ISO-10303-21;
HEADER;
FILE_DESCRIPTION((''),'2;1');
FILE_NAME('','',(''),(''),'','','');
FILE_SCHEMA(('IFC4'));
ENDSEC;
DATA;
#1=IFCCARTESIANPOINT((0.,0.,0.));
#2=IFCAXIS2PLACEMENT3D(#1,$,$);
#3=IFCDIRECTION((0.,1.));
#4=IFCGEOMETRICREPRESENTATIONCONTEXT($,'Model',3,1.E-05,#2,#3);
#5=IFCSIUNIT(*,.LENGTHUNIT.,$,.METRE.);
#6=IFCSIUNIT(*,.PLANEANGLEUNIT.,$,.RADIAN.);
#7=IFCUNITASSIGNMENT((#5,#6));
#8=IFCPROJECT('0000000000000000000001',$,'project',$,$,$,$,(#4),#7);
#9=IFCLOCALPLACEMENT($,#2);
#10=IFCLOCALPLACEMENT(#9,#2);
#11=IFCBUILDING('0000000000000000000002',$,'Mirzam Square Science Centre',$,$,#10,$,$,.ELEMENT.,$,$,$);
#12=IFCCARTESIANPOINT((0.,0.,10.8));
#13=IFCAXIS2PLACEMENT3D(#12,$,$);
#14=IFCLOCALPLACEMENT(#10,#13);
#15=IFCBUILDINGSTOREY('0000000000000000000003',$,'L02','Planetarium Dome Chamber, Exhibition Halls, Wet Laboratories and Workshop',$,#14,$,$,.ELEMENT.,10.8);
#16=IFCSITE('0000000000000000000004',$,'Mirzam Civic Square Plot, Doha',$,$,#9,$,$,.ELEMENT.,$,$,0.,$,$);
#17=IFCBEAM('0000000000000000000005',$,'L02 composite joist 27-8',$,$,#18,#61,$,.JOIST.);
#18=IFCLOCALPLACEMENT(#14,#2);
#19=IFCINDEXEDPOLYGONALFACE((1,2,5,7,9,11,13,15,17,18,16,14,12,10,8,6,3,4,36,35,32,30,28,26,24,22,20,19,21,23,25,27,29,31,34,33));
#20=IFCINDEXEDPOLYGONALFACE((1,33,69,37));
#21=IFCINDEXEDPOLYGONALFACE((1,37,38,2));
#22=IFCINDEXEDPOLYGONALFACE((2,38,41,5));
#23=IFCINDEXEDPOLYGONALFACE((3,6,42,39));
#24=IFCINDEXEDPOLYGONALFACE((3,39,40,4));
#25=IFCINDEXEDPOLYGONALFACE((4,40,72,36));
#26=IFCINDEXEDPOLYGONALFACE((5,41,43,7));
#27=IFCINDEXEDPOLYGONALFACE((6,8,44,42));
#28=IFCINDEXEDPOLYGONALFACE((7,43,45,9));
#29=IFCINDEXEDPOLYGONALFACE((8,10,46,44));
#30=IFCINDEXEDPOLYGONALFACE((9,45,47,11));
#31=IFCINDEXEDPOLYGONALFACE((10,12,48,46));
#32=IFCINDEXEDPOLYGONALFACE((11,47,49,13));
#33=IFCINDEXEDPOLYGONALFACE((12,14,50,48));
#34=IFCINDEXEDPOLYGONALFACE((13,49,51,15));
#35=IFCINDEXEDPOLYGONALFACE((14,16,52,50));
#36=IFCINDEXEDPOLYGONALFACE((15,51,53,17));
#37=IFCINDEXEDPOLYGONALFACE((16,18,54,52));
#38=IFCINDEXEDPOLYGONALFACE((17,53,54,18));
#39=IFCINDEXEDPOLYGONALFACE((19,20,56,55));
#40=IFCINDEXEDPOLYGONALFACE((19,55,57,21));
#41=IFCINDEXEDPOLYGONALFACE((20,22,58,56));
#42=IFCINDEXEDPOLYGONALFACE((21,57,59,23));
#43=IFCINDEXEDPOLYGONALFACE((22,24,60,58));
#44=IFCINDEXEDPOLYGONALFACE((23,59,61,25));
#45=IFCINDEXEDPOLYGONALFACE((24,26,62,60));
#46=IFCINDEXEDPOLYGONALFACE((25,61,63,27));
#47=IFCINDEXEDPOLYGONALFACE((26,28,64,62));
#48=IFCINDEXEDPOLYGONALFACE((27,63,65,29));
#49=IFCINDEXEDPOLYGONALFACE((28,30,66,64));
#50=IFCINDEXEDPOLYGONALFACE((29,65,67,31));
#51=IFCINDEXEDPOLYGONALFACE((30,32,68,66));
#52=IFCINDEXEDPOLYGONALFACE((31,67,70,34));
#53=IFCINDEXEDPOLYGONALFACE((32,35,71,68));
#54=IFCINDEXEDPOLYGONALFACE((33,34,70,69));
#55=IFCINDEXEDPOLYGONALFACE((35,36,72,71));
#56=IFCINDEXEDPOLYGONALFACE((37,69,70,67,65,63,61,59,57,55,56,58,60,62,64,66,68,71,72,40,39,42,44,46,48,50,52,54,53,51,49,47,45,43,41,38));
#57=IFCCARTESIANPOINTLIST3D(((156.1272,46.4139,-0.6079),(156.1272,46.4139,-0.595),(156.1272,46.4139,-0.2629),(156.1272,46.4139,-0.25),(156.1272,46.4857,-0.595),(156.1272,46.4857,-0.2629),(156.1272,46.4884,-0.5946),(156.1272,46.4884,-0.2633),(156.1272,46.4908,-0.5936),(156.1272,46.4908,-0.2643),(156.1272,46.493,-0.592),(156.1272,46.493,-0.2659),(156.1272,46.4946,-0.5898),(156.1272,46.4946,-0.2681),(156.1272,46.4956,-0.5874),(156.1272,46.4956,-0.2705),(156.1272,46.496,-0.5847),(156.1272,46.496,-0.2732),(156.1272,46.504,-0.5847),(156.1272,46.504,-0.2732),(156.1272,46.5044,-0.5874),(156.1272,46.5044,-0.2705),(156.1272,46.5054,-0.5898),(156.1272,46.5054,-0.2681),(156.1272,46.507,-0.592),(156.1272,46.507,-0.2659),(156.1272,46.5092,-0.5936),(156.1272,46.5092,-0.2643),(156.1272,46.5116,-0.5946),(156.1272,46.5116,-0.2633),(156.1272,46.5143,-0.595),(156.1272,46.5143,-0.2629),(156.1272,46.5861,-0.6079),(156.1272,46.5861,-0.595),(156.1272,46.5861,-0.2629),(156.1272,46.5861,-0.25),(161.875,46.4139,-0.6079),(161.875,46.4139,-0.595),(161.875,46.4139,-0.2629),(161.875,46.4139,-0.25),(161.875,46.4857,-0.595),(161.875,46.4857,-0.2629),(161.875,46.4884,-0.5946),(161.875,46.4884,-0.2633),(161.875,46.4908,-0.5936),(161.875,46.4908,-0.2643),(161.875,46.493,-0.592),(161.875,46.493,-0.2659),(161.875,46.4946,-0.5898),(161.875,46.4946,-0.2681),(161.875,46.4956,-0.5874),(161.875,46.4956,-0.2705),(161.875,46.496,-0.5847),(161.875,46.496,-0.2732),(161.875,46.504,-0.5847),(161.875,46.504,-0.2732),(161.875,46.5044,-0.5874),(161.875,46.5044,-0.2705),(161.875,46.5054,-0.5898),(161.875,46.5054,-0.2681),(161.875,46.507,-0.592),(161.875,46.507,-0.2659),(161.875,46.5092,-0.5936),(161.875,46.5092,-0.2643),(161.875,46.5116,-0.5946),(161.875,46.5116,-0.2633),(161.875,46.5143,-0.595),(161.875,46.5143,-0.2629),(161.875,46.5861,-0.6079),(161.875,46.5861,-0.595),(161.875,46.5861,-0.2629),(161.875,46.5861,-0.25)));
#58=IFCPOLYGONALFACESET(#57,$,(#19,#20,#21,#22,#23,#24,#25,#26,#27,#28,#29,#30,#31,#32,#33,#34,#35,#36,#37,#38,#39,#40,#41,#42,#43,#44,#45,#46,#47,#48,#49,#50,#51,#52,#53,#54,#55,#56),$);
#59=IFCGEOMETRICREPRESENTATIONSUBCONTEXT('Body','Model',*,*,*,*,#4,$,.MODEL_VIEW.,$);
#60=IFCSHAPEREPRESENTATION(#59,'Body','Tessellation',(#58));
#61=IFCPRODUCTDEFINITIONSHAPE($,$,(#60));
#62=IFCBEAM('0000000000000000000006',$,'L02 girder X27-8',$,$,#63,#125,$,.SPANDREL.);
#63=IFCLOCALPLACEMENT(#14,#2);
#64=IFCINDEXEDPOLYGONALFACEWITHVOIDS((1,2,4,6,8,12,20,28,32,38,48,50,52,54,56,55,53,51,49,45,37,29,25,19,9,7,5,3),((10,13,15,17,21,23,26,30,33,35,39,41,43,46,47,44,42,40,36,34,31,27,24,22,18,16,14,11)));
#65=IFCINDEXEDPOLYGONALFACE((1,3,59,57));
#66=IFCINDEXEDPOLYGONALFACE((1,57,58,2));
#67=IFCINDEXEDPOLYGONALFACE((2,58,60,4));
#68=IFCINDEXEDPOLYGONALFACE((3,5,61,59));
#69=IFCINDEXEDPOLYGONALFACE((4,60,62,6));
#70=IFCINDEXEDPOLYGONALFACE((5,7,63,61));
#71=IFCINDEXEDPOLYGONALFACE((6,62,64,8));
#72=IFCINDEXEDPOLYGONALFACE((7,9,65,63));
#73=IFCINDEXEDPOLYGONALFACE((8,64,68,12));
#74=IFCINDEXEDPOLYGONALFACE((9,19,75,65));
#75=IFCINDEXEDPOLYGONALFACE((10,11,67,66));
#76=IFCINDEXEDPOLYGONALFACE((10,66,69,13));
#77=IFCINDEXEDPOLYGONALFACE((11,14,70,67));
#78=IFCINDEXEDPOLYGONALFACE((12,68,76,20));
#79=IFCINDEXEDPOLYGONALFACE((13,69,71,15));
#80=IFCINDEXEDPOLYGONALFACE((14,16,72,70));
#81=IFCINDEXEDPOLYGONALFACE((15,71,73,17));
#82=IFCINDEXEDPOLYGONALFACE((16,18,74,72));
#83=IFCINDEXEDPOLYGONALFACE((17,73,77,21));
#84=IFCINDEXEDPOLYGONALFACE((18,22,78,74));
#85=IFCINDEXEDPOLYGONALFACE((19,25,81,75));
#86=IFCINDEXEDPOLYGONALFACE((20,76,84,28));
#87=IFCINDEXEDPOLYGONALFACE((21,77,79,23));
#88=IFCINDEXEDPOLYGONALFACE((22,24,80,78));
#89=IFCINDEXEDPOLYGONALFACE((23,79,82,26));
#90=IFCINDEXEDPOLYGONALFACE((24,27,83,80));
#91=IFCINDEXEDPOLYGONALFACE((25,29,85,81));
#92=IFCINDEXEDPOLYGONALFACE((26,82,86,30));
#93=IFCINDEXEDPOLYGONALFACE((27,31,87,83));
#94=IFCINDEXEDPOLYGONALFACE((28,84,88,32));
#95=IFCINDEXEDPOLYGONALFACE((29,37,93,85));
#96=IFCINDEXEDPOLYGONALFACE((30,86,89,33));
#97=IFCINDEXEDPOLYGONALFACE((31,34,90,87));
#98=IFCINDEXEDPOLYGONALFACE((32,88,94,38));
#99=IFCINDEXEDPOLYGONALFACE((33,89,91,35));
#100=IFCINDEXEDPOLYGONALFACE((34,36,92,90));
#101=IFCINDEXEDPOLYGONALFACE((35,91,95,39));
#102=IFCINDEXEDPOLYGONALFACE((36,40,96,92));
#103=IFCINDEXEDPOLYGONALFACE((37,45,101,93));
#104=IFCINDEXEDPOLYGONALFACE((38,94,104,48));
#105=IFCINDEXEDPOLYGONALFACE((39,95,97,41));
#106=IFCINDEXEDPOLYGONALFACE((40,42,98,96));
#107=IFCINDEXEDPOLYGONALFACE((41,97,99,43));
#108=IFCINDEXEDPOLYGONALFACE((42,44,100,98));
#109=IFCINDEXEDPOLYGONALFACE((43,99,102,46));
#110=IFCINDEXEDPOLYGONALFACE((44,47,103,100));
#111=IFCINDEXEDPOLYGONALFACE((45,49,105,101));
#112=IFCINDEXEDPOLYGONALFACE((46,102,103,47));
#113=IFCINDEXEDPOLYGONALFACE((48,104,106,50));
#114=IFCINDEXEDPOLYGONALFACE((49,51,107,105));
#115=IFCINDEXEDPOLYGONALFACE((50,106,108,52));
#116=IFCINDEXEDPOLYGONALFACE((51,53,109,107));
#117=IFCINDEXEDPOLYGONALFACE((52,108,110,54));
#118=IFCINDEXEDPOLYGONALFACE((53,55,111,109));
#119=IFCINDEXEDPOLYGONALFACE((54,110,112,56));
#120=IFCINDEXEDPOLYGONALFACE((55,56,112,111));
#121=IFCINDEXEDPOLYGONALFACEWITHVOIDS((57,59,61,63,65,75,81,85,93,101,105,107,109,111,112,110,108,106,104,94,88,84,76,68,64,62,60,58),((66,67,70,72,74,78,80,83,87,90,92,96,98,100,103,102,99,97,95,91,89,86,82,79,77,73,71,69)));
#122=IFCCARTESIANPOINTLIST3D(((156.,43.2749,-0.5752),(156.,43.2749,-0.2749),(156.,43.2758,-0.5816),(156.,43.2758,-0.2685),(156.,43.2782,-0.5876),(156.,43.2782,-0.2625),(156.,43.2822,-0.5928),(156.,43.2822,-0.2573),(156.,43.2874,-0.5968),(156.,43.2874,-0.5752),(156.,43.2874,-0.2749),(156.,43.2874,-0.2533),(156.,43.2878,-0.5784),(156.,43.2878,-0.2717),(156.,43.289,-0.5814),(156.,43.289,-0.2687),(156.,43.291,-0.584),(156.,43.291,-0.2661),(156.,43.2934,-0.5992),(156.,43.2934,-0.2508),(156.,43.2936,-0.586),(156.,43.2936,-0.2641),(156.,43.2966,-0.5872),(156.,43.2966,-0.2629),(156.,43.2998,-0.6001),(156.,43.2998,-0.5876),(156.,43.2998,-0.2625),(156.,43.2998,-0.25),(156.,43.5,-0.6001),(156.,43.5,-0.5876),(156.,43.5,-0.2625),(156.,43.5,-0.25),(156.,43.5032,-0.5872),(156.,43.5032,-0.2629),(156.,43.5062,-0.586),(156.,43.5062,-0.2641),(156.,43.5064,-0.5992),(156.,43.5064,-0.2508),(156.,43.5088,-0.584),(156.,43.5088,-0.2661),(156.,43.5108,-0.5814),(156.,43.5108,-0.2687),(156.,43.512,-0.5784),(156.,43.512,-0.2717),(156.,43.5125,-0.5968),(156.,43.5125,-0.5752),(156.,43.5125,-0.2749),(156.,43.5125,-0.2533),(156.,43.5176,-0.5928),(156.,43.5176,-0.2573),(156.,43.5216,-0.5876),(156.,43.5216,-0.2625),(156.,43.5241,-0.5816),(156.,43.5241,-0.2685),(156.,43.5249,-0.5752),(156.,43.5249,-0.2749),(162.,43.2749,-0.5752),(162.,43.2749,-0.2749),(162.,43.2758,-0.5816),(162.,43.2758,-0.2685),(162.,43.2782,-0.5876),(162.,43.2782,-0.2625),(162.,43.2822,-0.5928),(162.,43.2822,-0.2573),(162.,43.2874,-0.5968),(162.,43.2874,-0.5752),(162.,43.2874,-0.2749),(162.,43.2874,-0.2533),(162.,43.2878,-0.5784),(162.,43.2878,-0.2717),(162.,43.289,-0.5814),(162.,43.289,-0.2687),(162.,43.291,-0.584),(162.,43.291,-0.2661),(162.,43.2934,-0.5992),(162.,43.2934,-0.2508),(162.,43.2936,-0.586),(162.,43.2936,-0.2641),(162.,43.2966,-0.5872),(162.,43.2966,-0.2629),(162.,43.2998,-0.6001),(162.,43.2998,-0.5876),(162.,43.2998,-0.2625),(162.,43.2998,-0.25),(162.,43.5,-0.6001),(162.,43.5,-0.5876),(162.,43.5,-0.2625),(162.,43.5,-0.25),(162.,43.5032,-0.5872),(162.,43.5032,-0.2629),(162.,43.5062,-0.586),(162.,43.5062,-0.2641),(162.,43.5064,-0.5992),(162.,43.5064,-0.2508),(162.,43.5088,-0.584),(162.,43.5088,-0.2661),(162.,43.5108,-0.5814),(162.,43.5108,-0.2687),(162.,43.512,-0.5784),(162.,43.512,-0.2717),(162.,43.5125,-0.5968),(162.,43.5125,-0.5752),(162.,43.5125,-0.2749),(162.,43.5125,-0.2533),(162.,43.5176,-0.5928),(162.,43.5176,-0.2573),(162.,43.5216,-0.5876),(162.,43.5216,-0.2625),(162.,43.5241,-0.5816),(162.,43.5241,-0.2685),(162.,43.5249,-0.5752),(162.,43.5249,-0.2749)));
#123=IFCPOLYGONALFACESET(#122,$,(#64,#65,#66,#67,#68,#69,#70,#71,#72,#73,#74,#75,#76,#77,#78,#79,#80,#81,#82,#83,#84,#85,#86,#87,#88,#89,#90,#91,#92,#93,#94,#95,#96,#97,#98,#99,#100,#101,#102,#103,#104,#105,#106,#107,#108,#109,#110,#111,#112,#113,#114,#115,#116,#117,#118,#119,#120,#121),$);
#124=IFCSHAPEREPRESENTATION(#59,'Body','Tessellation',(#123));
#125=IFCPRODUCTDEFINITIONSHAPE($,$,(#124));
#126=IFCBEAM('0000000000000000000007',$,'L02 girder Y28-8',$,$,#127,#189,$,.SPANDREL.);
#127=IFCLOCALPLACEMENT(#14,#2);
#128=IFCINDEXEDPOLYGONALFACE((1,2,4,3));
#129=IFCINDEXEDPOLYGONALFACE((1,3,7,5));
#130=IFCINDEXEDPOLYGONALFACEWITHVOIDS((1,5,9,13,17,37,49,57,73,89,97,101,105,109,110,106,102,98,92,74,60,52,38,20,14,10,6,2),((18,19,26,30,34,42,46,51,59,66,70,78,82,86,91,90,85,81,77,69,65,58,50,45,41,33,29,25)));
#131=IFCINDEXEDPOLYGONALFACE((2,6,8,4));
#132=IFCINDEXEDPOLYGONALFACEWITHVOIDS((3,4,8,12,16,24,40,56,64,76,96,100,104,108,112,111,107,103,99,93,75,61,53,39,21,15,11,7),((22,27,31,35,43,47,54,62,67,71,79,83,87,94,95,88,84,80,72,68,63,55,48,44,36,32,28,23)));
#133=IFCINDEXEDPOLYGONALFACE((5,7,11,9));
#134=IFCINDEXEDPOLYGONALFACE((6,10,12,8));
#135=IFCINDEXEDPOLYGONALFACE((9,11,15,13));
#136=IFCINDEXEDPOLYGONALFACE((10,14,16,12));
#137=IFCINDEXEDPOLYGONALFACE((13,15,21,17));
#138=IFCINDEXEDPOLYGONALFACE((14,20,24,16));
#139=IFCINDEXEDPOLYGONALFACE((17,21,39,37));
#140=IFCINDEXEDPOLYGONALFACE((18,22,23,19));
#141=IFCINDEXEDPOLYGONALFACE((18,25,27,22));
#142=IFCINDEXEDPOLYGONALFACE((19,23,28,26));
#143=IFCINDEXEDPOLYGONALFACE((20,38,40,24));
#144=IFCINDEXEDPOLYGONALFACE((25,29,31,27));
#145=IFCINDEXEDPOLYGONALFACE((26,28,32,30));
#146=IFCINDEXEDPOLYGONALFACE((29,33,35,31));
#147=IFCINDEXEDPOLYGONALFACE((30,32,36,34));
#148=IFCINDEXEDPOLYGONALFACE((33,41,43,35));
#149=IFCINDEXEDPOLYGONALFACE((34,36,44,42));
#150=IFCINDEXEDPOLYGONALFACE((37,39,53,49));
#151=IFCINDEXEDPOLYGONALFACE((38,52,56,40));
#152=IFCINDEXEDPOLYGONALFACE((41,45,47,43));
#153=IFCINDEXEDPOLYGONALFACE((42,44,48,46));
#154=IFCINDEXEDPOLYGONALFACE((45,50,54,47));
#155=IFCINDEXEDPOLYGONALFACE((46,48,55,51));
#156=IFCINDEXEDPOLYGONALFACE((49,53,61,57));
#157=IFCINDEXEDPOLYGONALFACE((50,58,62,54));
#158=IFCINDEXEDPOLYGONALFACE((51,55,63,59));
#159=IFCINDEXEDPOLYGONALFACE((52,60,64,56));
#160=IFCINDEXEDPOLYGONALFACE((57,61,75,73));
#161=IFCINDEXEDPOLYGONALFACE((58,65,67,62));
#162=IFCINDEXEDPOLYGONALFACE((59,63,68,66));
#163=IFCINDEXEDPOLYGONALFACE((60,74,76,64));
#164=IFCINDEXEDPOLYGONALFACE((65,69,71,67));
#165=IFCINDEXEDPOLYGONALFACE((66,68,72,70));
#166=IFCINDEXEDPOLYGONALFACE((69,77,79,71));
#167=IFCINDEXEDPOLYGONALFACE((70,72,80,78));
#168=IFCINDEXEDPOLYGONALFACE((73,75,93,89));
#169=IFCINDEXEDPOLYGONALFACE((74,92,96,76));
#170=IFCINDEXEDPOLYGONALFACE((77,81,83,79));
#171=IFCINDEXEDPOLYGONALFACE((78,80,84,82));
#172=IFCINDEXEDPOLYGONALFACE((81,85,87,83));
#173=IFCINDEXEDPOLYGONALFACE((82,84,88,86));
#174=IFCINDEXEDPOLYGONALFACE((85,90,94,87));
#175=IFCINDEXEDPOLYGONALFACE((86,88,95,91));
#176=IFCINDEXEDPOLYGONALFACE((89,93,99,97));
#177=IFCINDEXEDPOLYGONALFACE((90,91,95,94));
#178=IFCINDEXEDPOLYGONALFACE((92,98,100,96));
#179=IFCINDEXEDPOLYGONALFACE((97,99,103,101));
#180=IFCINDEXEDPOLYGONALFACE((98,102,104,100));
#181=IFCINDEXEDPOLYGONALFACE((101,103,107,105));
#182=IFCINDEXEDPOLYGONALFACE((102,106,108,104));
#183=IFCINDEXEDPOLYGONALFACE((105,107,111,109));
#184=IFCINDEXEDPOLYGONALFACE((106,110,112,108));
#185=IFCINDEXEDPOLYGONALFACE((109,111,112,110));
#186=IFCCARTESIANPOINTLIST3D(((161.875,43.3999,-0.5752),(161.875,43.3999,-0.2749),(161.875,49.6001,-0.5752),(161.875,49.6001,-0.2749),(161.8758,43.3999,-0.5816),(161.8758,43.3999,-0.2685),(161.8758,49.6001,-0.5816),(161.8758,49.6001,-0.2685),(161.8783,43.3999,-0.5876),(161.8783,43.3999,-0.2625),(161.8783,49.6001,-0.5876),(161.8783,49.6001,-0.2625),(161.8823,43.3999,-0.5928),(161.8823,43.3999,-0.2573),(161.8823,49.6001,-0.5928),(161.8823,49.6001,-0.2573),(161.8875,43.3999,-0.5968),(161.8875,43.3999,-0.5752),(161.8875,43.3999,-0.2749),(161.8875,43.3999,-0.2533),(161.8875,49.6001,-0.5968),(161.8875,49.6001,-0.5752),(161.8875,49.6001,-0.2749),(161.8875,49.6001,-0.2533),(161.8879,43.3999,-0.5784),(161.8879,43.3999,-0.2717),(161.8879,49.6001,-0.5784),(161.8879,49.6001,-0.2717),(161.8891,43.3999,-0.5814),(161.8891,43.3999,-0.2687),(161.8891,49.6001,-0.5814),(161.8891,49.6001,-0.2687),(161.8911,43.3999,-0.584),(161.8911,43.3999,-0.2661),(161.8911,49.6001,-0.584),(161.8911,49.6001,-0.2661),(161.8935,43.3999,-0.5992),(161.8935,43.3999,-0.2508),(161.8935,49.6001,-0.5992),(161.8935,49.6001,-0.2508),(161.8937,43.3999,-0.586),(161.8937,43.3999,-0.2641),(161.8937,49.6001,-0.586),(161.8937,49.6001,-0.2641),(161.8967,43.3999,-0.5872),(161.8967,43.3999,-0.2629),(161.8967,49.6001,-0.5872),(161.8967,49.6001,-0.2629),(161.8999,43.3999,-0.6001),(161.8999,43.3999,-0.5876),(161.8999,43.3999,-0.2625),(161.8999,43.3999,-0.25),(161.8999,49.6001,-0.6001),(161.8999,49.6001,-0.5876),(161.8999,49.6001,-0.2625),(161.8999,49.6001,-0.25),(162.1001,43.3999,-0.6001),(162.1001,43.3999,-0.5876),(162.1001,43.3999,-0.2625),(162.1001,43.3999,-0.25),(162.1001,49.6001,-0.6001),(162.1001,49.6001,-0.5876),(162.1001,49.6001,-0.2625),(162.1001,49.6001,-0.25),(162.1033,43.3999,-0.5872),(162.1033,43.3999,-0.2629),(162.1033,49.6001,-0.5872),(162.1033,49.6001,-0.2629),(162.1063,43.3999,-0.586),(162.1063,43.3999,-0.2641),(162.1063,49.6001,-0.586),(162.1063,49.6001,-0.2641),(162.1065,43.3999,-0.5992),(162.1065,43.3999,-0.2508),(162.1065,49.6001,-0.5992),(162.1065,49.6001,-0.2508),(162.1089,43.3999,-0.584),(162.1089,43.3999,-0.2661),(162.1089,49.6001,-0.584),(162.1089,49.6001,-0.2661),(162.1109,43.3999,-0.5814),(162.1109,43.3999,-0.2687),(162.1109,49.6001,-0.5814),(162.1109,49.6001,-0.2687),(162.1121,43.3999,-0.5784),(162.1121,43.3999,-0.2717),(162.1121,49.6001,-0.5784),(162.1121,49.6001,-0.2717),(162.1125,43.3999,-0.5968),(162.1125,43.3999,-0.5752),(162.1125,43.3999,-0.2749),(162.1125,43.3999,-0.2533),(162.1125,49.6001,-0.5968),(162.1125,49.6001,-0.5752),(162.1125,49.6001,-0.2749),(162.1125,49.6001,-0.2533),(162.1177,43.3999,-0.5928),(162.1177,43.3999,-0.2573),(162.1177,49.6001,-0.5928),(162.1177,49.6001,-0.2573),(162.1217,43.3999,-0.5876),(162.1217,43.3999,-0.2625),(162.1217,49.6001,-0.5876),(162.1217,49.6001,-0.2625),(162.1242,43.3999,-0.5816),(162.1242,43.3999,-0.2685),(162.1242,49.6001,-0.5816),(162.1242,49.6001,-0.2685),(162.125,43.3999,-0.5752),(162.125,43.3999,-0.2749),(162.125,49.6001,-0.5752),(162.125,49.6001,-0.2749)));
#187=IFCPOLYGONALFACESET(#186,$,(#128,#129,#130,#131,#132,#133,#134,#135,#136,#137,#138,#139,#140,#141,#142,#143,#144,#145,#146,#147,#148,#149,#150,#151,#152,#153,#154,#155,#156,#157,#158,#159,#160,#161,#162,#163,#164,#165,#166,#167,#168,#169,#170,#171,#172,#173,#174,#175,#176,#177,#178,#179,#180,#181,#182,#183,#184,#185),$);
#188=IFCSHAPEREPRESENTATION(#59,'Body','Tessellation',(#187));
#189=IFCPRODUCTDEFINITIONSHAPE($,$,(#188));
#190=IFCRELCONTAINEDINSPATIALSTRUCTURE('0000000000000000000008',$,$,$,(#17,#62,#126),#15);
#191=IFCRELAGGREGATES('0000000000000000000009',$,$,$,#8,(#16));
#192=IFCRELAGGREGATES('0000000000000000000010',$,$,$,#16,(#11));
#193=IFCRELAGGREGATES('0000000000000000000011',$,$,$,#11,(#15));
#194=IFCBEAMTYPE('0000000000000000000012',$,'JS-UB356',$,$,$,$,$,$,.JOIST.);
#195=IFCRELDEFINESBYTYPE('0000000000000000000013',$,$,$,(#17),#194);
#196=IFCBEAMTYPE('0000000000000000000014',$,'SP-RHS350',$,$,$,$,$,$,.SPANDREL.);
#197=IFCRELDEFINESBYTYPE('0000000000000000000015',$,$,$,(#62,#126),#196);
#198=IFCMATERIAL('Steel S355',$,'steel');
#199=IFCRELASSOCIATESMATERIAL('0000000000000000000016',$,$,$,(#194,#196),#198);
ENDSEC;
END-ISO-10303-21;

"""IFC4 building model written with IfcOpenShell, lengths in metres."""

from ifc_helpers import new_model, si_unit, direction, frame, origin, origin_2d, place, context, subcontext, project, spatial, hollow_rectangle, i_section, extrude, material, material_profile, profile_set, type_object, element, save


model = new_model("IFC4")

# Units and contexts
model_context = context("Model", 3, precision=1e-05, world=origin(), true_north=direction((0.0, 1.0)))
body_context = subcontext(model_context, "Body", "Model", "MODEL_VIEW")
ifc_project = project(units=[si_unit("LENGTHUNIT", "METRE"), si_unit("PLANEANGLEUNIT", "RADIAN")], contexts=[model_context])

# Site, building, storey
site_placement = place(None, origin())
site = spatial("IfcSite", under=ifc_project, at=site_placement, Name="Mirzam Civic Square Plot, Doha", CompositionType="ELEMENT", RefElevation=0.0)
building_placement = place(site_placement, origin())
building = spatial("IfcBuilding", under=site, at=building_placement, Name="Mirzam Square Science Centre", CompositionType="ELEMENT")
storey_placement = place(building_placement, frame((0.0, 0.0, 10.8)))
storey = spatial("IfcBuildingStorey", under=building, at=storey_placement, Name="L02", Description="Planetarium Dome Chamber, Exhibition Halls, Wet Laboratories and Workshop", CompositionType="ELEMENT", Elevation=10.8)

# Shared definitions
ifc_material_1 = material(Name="Steel S355", Category="steel")

# Beams
ifc_material_profile_1 = material_profile(ifc_material_1, i_section(OverallWidth=0.1721, OverallDepth=0.3579, WebThickness=0.0081, FlangeThickness=0.0129, FilletRadius=0.0103, at=origin_2d()), Name="356x171x57UB")
ifc_profile_set_1 = profile_set([ifc_material_profile_1], Name="Steel S355")
beam_type_1 = type_object("IfcBeamType", Name="JS-UB356", PredefinedType="JOIST", material=ifc_profile_set_1)
beam_1_placement = place(storey_placement, frame((156.1272, 46.5, -0.429), z_axis=(1.0, 0.0, 0.0), x_axis=(0.0, 1.0, 0.0)))
element("IfcBeam", 1, at=beam_1_placement, inside=storey, type_object=beam_type_1, Name="L02 composite joist 27-8", PredefinedType="JOIST", context=body_context, shape_type="SweptSolid", body=[
    extrude(i_section(OverallWidth=0.1721, OverallDepth=0.3579, WebThickness=0.0081, FlangeThickness=0.0129, FilletRadius=0.0103, at=origin_2d()), origin(), (0.0, 0.0, 1.0), 5.7478),
])
ifc_material_profile_2 = material_profile(ifc_material_1, hollow_rectangle(XDim=0.25, YDim=0.3501, WallThickness=0.0125, InnerFilletRadius=0.0125, OuterFilletRadius=0.0249, at=origin_2d()), Name="350x250x12.5RHS")
ifc_profile_set_2 = profile_set([ifc_material_profile_2], Name="Steel S355")
beam_type_2 = type_object("IfcBeamType", Name="SP-RHS350", PredefinedType="SPANDREL", material=ifc_profile_set_2)
beam_2_placement = place(storey_placement, frame((156.0, 43.3999, -0.425), z_axis=(1.0, 0.0, 0.0), x_axis=(0.0, 1.0, 0.0)))
element("IfcBeam", 2, at=beam_2_placement, inside=storey, type_object=beam_type_2, Name="L02 girder X27-8", PredefinedType="SPANDREL", context=body_context, shape_type="SweptSolid", body=[
    extrude(hollow_rectangle(XDim=0.25, YDim=0.3501, WallThickness=0.0125, InnerFilletRadius=0.0125, OuterFilletRadius=0.0249, at=origin_2d()), origin(), (0.0, 0.0, 1.0), 6.0),
])
beam_3_placement = place(storey_placement, frame((162.0, 43.3999, -0.425), z_axis=(0.0, 1.0, 0.0), x_axis=(-1.0, 0.0, 0.0)))
element("IfcBeam", 3, at=beam_3_placement, inside=storey, type_object=beam_type_2, Name="L02 girder Y28-8", PredefinedType="SPANDREL", context=body_context, shape_type="SweptSolid", body=[
    extrude(hollow_rectangle(XDim=0.25, YDim=0.3501, WallThickness=0.0125, InnerFilletRadius=0.0125, OuterFilletRadius=0.0249, at=origin_2d()), origin(), (0.0, 0.0, 1.0), 6.2002),
])

save(model, "model.ifc")
